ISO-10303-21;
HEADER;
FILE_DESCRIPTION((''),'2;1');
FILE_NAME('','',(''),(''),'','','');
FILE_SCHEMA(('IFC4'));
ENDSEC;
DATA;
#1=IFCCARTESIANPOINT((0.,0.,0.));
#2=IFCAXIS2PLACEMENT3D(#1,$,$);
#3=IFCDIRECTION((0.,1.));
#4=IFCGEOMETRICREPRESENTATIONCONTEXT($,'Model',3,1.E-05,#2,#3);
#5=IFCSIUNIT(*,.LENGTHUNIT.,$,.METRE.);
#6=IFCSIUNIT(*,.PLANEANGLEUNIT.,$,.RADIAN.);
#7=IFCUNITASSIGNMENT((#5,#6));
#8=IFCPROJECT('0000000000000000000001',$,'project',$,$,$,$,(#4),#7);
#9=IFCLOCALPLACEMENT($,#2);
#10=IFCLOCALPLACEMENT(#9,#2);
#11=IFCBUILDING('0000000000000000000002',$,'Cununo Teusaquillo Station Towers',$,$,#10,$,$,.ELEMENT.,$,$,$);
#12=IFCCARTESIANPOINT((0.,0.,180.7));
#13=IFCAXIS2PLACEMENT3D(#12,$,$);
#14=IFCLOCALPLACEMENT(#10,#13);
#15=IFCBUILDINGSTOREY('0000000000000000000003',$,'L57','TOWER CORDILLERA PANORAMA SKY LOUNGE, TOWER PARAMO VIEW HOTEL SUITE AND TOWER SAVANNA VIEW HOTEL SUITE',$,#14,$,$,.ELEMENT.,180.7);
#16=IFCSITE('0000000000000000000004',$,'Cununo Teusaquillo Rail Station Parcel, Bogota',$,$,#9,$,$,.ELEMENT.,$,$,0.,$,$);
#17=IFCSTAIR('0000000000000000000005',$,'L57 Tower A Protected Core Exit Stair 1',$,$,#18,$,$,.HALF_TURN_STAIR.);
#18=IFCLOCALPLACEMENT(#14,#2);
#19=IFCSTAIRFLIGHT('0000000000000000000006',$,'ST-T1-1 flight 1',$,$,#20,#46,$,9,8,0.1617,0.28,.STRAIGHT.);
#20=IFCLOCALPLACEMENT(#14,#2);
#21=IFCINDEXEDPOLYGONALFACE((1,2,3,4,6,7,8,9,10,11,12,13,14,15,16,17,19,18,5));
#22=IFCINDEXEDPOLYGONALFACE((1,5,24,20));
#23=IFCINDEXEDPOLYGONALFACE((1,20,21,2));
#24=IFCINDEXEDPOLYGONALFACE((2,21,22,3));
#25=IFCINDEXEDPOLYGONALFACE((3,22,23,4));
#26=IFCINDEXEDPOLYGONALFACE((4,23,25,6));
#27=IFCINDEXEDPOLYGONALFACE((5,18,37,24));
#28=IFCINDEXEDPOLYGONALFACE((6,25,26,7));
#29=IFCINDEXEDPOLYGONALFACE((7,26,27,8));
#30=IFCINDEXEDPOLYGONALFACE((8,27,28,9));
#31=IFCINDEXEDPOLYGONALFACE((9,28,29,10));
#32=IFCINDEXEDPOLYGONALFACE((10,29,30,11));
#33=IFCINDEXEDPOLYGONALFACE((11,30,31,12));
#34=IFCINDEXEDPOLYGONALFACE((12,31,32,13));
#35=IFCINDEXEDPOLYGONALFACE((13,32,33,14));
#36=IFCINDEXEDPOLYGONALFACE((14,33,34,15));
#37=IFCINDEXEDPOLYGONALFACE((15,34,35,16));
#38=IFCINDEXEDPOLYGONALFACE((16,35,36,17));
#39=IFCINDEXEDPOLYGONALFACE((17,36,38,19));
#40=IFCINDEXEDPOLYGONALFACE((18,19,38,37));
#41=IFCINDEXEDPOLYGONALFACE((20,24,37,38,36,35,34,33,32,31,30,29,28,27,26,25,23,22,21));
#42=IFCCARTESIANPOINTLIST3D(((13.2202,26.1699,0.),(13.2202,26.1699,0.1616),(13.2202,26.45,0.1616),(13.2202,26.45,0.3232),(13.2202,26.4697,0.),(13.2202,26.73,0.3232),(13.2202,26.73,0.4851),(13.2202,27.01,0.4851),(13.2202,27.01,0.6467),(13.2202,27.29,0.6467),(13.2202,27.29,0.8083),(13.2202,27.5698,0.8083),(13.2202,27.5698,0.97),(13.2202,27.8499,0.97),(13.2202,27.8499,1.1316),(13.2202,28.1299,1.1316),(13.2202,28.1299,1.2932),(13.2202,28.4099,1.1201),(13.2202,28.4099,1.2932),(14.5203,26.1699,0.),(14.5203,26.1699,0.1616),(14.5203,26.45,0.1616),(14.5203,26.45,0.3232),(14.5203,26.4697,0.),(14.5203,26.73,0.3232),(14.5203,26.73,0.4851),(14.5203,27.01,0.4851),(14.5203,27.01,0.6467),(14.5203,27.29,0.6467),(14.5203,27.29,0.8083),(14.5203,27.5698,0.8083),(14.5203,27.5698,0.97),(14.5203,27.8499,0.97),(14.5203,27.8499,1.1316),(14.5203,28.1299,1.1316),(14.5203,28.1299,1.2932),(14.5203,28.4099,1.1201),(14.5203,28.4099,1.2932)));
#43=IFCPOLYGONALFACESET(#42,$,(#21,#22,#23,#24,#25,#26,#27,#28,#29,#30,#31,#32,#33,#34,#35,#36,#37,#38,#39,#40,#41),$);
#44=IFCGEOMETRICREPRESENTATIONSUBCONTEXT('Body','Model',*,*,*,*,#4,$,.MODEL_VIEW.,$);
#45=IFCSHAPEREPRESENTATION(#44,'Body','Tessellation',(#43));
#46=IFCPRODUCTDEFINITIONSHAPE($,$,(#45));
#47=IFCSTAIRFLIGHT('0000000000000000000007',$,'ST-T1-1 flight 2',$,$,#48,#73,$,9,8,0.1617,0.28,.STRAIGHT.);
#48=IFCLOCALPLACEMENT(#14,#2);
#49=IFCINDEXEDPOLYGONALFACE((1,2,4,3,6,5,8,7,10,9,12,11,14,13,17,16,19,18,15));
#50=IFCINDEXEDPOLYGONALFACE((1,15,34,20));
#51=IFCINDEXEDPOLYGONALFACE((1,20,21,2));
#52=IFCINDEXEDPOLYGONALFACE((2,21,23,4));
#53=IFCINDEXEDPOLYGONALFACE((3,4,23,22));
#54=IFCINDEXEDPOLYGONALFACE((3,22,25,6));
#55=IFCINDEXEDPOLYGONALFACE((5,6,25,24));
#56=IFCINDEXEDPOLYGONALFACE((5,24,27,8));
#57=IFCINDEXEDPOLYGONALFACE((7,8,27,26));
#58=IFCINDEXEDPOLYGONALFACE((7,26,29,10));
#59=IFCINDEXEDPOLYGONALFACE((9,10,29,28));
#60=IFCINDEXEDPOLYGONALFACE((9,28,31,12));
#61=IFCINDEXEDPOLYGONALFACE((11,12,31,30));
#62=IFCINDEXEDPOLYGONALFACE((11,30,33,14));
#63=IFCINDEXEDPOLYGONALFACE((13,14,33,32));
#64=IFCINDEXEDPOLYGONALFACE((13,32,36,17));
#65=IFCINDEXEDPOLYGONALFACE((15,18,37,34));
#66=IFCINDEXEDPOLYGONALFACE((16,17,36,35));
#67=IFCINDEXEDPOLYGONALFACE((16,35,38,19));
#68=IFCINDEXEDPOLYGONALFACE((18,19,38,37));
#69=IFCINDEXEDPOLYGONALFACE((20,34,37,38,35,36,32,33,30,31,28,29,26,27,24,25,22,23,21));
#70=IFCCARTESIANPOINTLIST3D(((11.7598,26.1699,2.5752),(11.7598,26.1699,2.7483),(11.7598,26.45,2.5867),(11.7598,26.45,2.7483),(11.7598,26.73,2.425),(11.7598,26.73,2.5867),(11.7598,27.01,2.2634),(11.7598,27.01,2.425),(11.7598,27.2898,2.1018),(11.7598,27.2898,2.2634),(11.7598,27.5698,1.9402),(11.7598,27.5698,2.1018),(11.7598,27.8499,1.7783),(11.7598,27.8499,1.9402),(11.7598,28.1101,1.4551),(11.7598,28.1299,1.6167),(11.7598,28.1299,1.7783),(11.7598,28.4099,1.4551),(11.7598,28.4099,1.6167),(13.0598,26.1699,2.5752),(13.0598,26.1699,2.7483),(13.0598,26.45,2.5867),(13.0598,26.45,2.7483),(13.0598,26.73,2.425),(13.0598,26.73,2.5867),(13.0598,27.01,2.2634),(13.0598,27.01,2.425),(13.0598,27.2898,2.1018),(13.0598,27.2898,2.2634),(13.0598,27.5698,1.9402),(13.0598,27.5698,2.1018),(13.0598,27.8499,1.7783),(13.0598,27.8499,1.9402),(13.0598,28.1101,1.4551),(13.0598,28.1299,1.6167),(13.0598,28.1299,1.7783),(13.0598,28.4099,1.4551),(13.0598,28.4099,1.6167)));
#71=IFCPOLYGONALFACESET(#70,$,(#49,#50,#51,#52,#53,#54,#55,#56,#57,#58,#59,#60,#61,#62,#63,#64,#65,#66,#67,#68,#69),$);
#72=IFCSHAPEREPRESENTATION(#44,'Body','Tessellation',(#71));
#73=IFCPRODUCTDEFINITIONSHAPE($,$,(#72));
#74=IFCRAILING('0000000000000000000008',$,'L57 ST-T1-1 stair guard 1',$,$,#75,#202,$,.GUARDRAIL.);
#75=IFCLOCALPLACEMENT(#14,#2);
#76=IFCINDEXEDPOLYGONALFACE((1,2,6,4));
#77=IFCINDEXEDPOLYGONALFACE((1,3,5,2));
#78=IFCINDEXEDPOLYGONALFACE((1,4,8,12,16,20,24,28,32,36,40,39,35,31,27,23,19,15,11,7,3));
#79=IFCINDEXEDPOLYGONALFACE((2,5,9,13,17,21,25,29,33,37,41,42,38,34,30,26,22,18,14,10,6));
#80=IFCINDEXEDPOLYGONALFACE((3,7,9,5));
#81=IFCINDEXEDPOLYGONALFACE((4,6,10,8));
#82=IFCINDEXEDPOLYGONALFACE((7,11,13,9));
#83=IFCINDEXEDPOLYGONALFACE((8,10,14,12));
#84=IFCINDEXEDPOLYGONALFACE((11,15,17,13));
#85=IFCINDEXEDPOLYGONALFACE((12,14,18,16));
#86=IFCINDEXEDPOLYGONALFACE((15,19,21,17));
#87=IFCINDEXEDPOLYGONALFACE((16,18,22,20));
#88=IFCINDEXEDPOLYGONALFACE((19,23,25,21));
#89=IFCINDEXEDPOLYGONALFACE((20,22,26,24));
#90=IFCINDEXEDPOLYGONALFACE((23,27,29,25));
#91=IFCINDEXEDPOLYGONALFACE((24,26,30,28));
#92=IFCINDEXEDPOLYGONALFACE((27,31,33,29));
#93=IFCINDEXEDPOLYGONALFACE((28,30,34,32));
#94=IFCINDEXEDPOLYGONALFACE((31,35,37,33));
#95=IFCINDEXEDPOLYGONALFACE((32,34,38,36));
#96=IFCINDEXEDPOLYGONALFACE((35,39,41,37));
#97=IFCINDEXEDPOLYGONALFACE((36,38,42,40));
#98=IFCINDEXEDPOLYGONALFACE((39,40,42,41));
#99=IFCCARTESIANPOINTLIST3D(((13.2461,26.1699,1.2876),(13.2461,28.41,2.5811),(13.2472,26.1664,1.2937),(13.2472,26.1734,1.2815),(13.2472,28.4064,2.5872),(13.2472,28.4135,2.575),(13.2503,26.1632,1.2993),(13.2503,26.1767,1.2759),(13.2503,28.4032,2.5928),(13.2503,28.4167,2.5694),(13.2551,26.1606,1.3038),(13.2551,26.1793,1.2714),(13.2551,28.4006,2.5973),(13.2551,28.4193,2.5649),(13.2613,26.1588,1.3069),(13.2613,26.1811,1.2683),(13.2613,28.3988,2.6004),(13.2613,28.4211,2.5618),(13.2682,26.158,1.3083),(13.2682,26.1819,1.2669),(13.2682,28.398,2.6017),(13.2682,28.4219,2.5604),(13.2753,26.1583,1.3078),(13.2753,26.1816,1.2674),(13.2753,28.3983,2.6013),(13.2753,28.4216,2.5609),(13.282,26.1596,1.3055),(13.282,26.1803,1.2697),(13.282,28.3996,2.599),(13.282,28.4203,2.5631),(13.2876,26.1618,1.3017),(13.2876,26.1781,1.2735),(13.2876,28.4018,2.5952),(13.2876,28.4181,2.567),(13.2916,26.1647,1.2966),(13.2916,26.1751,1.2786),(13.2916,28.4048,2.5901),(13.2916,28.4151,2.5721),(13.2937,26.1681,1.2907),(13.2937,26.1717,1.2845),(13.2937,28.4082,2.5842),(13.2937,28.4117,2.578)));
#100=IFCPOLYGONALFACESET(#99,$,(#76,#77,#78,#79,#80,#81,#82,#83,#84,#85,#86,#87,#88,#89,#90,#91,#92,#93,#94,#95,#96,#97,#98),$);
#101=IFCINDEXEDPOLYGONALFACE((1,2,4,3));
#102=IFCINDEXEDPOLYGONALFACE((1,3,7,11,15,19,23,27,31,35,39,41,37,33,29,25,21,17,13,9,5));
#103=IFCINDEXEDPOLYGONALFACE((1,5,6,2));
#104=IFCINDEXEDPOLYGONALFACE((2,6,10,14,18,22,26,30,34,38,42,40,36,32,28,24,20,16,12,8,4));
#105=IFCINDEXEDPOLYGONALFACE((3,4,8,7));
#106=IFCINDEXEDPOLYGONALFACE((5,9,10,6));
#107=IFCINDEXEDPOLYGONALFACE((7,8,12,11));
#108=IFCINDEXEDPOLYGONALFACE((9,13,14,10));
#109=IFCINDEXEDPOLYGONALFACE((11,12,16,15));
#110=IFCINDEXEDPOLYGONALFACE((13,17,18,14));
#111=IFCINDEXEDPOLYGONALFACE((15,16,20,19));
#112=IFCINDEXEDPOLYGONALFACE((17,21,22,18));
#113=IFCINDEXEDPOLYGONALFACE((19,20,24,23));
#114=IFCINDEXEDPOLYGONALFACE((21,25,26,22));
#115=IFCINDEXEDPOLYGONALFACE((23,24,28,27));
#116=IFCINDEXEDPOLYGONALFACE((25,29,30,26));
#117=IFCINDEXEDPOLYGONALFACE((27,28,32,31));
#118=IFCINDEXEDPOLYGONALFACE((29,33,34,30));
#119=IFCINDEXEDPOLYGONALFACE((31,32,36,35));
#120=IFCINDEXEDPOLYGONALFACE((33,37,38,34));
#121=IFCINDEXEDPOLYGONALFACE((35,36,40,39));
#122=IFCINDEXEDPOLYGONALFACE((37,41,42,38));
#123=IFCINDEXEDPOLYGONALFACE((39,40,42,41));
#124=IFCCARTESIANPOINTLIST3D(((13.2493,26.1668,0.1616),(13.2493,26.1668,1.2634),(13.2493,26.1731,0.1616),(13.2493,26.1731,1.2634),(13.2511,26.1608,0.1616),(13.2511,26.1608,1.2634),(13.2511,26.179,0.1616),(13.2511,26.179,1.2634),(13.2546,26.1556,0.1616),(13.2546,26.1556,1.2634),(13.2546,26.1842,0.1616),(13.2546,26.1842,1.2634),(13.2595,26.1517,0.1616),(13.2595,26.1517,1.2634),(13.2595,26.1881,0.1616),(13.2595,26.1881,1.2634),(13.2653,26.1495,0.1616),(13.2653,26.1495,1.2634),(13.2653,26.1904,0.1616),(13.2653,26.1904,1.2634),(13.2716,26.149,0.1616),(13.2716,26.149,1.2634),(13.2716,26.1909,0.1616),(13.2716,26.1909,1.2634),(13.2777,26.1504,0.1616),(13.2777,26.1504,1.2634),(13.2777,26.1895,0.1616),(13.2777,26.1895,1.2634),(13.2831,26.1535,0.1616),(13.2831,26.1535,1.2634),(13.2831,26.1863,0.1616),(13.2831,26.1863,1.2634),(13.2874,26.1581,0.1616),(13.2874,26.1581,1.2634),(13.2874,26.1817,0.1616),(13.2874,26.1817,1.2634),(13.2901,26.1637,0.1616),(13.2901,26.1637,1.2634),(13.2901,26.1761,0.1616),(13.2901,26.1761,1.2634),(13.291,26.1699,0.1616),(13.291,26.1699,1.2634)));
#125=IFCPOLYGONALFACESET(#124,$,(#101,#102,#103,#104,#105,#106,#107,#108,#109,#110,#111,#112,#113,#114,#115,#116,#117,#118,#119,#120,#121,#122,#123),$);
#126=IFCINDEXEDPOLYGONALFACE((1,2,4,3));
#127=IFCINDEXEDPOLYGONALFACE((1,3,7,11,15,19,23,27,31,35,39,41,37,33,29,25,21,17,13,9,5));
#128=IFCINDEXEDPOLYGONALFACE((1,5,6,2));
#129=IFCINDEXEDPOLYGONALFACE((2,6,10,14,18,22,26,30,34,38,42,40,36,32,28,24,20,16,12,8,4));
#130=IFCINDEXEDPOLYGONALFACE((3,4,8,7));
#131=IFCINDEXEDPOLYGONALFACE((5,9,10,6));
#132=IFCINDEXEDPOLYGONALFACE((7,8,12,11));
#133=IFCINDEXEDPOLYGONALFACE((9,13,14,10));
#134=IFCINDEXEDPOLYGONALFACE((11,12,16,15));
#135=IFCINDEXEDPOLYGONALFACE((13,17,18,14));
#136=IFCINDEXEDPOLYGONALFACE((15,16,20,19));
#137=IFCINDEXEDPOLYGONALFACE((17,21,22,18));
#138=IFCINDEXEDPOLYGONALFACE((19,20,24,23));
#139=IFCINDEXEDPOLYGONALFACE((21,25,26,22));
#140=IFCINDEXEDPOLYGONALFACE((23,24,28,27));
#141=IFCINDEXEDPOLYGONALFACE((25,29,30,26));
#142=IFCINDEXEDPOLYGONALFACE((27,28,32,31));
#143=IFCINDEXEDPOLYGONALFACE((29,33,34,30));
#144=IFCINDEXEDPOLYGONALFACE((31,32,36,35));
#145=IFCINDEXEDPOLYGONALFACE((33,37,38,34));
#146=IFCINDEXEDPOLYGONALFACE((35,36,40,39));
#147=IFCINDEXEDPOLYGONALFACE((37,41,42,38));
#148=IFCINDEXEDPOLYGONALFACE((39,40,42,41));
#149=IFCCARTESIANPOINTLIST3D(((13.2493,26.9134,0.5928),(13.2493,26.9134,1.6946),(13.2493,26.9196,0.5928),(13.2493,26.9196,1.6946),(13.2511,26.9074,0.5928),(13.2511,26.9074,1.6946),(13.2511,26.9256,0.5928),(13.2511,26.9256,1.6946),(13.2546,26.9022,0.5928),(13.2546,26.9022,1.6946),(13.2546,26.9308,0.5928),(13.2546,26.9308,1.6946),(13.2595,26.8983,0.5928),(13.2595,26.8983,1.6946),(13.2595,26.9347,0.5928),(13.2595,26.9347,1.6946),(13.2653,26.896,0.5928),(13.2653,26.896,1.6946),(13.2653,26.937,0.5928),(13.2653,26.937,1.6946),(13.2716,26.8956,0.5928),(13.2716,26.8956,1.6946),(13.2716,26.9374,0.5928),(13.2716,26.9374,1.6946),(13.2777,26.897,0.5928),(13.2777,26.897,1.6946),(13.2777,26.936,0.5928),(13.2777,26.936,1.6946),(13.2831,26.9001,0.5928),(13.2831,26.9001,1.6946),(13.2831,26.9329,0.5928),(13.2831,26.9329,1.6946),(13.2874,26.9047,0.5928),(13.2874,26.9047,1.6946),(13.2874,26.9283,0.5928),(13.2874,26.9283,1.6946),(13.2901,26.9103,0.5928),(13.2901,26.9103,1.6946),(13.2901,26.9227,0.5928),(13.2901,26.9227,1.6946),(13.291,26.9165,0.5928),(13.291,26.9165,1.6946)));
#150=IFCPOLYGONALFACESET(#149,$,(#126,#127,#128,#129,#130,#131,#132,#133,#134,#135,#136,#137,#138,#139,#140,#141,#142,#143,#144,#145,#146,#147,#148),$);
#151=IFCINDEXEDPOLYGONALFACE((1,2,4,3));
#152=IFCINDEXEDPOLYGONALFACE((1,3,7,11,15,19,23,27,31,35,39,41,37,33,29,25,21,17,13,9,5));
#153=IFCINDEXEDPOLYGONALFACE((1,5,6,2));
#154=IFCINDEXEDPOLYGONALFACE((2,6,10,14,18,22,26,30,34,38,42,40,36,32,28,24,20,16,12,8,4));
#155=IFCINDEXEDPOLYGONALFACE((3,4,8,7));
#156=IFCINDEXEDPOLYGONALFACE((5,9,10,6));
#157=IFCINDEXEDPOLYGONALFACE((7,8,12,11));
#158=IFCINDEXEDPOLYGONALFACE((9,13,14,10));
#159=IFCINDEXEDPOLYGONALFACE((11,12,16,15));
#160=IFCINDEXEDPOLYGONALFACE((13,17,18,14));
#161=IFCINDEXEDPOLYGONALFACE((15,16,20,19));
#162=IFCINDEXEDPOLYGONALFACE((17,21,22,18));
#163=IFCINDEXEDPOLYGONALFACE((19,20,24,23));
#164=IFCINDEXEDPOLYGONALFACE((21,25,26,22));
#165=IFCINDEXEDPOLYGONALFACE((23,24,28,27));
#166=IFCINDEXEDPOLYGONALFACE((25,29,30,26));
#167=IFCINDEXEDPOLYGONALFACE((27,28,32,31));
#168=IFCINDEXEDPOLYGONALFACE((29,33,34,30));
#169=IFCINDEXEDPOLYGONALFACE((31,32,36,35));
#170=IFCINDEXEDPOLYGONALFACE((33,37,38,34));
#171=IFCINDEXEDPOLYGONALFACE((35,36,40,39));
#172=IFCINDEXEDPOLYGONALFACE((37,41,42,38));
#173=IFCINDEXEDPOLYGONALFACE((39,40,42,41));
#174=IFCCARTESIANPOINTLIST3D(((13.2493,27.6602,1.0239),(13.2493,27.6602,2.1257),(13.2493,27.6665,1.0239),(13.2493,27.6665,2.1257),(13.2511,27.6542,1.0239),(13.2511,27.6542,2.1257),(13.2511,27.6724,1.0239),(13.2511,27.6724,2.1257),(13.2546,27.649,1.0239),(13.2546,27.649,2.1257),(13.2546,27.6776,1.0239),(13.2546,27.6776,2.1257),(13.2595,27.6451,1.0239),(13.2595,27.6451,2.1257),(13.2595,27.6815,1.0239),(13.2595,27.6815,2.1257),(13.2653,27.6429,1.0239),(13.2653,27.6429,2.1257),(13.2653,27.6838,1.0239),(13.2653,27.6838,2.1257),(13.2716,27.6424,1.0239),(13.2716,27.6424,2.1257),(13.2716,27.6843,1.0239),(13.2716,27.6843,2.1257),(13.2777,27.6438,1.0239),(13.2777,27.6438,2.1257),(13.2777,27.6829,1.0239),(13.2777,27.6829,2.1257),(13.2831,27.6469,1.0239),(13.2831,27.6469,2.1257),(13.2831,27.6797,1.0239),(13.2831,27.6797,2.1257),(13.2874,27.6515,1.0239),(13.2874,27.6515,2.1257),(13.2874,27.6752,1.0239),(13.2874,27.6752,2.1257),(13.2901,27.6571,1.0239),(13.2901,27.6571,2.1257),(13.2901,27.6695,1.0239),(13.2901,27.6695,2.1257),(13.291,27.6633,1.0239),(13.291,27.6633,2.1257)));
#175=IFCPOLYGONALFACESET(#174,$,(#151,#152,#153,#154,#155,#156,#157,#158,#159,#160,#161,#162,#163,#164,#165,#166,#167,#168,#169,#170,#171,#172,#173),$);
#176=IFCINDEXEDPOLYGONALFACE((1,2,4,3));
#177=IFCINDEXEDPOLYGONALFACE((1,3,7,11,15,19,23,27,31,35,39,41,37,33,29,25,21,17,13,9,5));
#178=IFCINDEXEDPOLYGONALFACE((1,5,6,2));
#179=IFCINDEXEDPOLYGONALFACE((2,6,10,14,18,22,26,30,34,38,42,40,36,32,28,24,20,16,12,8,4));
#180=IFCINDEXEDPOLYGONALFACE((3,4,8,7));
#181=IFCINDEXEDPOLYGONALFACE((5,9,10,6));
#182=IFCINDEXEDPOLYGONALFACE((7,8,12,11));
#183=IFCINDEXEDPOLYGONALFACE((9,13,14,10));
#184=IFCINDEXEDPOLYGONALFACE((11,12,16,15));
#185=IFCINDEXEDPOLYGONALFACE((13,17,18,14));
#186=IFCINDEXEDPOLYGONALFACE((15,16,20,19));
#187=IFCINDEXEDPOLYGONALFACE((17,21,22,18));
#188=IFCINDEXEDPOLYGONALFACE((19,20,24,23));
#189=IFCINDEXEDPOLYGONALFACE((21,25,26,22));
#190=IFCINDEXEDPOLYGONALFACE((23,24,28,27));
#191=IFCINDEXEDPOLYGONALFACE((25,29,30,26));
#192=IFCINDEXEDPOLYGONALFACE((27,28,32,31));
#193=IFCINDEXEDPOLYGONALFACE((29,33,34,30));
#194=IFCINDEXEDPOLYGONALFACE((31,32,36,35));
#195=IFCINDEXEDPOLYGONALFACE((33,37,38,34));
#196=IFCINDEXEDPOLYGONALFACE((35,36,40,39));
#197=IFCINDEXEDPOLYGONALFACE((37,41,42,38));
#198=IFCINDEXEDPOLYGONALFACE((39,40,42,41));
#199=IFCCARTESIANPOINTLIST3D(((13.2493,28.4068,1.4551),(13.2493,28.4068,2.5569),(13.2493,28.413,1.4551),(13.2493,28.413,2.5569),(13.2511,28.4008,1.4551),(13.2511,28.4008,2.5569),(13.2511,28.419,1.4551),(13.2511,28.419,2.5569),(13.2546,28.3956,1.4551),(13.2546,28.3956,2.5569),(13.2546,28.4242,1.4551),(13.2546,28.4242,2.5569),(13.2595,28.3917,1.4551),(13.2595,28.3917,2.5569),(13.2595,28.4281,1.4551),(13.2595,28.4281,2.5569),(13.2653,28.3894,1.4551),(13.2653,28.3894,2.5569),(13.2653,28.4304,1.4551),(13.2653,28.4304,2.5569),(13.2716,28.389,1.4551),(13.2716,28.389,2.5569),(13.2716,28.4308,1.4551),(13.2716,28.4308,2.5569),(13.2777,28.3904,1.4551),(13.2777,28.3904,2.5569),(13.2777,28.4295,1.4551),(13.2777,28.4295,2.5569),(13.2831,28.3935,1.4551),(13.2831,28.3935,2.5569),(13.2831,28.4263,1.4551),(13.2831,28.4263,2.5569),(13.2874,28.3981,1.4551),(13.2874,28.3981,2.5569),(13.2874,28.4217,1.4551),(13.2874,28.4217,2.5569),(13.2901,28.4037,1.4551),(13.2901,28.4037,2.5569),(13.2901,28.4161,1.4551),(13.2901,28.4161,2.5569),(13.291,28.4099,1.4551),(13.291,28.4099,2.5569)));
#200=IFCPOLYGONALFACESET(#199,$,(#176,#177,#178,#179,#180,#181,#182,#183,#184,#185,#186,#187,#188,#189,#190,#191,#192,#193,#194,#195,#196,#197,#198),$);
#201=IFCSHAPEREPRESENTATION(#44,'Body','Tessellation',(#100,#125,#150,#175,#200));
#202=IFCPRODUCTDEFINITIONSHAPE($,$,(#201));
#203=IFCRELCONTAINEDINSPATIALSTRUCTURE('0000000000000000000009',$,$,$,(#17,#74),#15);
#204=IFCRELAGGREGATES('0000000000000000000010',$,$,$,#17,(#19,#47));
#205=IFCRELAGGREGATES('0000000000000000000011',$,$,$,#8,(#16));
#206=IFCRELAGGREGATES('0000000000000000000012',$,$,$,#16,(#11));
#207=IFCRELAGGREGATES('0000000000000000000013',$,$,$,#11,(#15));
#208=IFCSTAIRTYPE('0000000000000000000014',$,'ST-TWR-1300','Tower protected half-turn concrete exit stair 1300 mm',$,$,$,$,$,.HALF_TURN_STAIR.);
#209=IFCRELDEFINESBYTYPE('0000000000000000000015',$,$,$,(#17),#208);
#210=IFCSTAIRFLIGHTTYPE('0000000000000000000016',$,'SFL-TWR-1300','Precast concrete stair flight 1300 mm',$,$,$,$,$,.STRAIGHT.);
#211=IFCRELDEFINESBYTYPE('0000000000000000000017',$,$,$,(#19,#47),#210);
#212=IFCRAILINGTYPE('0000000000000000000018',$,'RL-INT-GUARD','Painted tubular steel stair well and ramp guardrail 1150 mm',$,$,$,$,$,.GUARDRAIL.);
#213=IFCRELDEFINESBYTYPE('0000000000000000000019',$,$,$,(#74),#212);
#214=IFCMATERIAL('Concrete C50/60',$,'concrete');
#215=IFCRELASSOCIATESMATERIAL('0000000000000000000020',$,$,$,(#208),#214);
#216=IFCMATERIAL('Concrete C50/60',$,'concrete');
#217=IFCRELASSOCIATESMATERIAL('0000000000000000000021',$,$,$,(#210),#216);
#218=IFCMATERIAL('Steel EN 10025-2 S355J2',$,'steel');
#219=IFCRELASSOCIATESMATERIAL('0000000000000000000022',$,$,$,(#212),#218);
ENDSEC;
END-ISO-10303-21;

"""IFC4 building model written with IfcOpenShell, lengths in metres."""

from ifc_helpers import new_model, si_unit, direction, frame, origin, origin_2d, place, context, subcontext, project, spatial, polyline, circle, outline, extrude, material, type_object, element, aggregate, save


model = new_model("IFC4")

# Units and contexts
model_context = context("Model", 3, precision=1e-05, world=origin(), true_north=direction((0.0, 1.0)))
body_context = subcontext(model_context, "Body", "Model", "MODEL_VIEW")
ifc_project = project(units=[si_unit("LENGTHUNIT", "METRE"), si_unit("PLANEANGLEUNIT", "RADIAN")], contexts=[model_context])

# Site, building, storey
site_placement = place(None, origin())
site = spatial("IfcSite", under=ifc_project, at=site_placement, Name="Cununo Teusaquillo Rail Station Parcel, Bogota", CompositionType="ELEMENT", RefElevation=0.0)
building_placement = place(site_placement, origin())
building = spatial("IfcBuilding", under=site, at=building_placement, Name="Cununo Teusaquillo Station Towers", CompositionType="ELEMENT")
storey_placement = place(building_placement, frame((0.0, 0.0, 180.7)))
storey = spatial("IfcBuildingStorey", under=building, at=storey_placement, Name="L57", Description="TOWER CORDILLERA PANORAMA SKY LOUNGE, TOWER PARAMO VIEW HOTEL SUITE AND TOWER SAVANNA VIEW HOTEL SUITE", CompositionType="ELEMENT", Elevation=180.7)

# Stair, stair flights
ifc_material_1 = material(Name="Concrete C50/60", Category="concrete")
stair_type = type_object("IfcStairType", Name="ST-TWR-1300", Description="Tower protected half-turn concrete exit stair 1300 mm", PredefinedType="HALF_TURN_STAIR", material=ifc_material_1)
stair_placement = place(storey_placement, origin())
stair = element("IfcStair", 1, at=stair_placement, inside=storey, type_object=stair_type, Name="L57 Tower A Protected Core Exit Stair 1", PredefinedType="HALF_TURN_STAIR")
ifc_material_2 = material(Name="Concrete C50/60", Category="concrete")
stair_flight_type = type_object("IfcStairFlightType", Name="SFL-TWR-1300", Description="Precast concrete stair flight 1300 mm", PredefinedType="STRAIGHT", material=ifc_material_2)
stair_flight_1_placement = place(storey_placement, frame((13.8701, 26.1699, 0.0), z_axis=(0.0, 0.0, 1.0), x_axis=(0.0, 1.0, 0.0)))
stair_flight_1 = element("IfcStairFlight", 2, at=stair_flight_1_placement, type_object=stair_flight_type, Name="ST-T1-1 flight 1", NumberOfRisers=9, NumberOfTreads=8, PredefinedType="STRAIGHT", RiserHeight=0.1617, TreadLength=0.28, context=body_context, shape_type="SweptSolid", body=[
    extrude(outline(polyline([(0.0, 0.0), (0.0, 0.1616), (0.28, 0.1616), (0.28, 0.3232), (0.5601, 0.3232), (0.5601, 0.4851), (0.8401, 0.4851), (0.8401, 0.6467), (1.1201, 0.6467), (1.1201, 0.8083), (1.3999, 0.8083), (1.3999, 0.97), (1.6799, 0.97), (1.6799, 1.1316), (1.96, 1.1316), (1.96, 1.2932), (2.24, 1.2932), (2.24, 1.4551), (2.24, 1.1201), (0.2998, 0.0), (0.0, 0.0)])), frame((0.0, 0.6499, 0.0), z_axis=(0.0, -1.0, 0.0), x_axis=(1.0, 0.0, 0.0)), (0.0, 0.0, 1.0), 1.3),
])
stair_flight_2_placement = place(storey_placement, frame((12.4099, 28.4099, 1.4551), z_axis=(0.0, 0.0, 1.0), x_axis=(0.0, -1.0, 0.0)))
stair_flight_2 = element("IfcStairFlight", 3, at=stair_flight_2_placement, type_object=stair_flight_type, Name="ST-T1-1 flight 2", NumberOfRisers=9, NumberOfTreads=8, PredefinedType="STRAIGHT", RiserHeight=0.1617, TreadLength=0.28, context=body_context, shape_type="SweptSolid", body=[
    extrude(outline(polyline([(0.0, 0.0), (0.0, 0.1616), (0.28, 0.1616), (0.28, 0.3232), (0.5601, 0.3232), (0.5601, 0.4851), (0.8401, 0.4851), (0.8401, 0.6467), (1.1201, 0.6467), (1.1201, 0.8083), (1.3999, 0.8083), (1.3999, 0.97), (1.6799, 0.97), (1.6799, 1.1316), (1.96, 1.1316), (1.96, 1.2932), (2.24, 1.2932), (2.24, 1.4551), (2.24, 1.1201), (0.2998, 0.0), (0.0, 0.0)])), frame((0.0, 0.6499, 0.0), z_axis=(0.0, -1.0, 0.0), x_axis=(1.0, 0.0, 0.0)), (0.0, 0.0, 1.0), 1.3),
])
aggregate(stair, [stair_flight_1, stair_flight_2])

# Railing
ifc_material_3 = material(Name="Steel EN 10025-2 S355J2", Category="steel")
railing_type_1 = type_object("IfcRailingType", Name="RL-INT-GUARD", Description="Painted tubular steel stair well and ramp guardrail 1150 mm", PredefinedType="GUARDRAIL", material=ifc_material_3)
railing_1_placement = place(storey_placement, frame((13.27, 26.1699, 0.1616)))
element("IfcRailing", 4, at=railing_1_placement, inside=storey, type_object=railing_type_1, Name="L57 ST-T1-1 stair guard 1", PredefinedType="GUARDRAIL", context=body_context, shape_type="SweptSolid", body=[
    extrude(circle(Radius=0.0239, at=origin_2d()), frame((0.0, 0.0, 1.126), z_axis=(0.0, 0.865992, 0.500057), x_axis=(-1.0, 0.0, 0.0)), (0.0, 0.0, 1.0), 2.5867),
    extrude(circle(Radius=0.021, at=origin_2d()), origin(), (0.0, 0.0, 1.0), 1.1018),
    extrude(circle(Radius=0.021, at=origin_2d()), frame((0.0, 0.7466, 0.4312)), (0.0, 0.0, 1.0), 1.1018),
    extrude(circle(Radius=0.021, at=origin_2d()), frame((0.0, 1.4934, 0.8623)), (0.0, 0.0, 1.0), 1.1018),
    extrude(circle(Radius=0.021, at=origin_2d()), frame((0.0, 2.24, 1.2935)), (0.0, 0.0, 1.0), 1.1018),
])

save(model, "model.ifc")
